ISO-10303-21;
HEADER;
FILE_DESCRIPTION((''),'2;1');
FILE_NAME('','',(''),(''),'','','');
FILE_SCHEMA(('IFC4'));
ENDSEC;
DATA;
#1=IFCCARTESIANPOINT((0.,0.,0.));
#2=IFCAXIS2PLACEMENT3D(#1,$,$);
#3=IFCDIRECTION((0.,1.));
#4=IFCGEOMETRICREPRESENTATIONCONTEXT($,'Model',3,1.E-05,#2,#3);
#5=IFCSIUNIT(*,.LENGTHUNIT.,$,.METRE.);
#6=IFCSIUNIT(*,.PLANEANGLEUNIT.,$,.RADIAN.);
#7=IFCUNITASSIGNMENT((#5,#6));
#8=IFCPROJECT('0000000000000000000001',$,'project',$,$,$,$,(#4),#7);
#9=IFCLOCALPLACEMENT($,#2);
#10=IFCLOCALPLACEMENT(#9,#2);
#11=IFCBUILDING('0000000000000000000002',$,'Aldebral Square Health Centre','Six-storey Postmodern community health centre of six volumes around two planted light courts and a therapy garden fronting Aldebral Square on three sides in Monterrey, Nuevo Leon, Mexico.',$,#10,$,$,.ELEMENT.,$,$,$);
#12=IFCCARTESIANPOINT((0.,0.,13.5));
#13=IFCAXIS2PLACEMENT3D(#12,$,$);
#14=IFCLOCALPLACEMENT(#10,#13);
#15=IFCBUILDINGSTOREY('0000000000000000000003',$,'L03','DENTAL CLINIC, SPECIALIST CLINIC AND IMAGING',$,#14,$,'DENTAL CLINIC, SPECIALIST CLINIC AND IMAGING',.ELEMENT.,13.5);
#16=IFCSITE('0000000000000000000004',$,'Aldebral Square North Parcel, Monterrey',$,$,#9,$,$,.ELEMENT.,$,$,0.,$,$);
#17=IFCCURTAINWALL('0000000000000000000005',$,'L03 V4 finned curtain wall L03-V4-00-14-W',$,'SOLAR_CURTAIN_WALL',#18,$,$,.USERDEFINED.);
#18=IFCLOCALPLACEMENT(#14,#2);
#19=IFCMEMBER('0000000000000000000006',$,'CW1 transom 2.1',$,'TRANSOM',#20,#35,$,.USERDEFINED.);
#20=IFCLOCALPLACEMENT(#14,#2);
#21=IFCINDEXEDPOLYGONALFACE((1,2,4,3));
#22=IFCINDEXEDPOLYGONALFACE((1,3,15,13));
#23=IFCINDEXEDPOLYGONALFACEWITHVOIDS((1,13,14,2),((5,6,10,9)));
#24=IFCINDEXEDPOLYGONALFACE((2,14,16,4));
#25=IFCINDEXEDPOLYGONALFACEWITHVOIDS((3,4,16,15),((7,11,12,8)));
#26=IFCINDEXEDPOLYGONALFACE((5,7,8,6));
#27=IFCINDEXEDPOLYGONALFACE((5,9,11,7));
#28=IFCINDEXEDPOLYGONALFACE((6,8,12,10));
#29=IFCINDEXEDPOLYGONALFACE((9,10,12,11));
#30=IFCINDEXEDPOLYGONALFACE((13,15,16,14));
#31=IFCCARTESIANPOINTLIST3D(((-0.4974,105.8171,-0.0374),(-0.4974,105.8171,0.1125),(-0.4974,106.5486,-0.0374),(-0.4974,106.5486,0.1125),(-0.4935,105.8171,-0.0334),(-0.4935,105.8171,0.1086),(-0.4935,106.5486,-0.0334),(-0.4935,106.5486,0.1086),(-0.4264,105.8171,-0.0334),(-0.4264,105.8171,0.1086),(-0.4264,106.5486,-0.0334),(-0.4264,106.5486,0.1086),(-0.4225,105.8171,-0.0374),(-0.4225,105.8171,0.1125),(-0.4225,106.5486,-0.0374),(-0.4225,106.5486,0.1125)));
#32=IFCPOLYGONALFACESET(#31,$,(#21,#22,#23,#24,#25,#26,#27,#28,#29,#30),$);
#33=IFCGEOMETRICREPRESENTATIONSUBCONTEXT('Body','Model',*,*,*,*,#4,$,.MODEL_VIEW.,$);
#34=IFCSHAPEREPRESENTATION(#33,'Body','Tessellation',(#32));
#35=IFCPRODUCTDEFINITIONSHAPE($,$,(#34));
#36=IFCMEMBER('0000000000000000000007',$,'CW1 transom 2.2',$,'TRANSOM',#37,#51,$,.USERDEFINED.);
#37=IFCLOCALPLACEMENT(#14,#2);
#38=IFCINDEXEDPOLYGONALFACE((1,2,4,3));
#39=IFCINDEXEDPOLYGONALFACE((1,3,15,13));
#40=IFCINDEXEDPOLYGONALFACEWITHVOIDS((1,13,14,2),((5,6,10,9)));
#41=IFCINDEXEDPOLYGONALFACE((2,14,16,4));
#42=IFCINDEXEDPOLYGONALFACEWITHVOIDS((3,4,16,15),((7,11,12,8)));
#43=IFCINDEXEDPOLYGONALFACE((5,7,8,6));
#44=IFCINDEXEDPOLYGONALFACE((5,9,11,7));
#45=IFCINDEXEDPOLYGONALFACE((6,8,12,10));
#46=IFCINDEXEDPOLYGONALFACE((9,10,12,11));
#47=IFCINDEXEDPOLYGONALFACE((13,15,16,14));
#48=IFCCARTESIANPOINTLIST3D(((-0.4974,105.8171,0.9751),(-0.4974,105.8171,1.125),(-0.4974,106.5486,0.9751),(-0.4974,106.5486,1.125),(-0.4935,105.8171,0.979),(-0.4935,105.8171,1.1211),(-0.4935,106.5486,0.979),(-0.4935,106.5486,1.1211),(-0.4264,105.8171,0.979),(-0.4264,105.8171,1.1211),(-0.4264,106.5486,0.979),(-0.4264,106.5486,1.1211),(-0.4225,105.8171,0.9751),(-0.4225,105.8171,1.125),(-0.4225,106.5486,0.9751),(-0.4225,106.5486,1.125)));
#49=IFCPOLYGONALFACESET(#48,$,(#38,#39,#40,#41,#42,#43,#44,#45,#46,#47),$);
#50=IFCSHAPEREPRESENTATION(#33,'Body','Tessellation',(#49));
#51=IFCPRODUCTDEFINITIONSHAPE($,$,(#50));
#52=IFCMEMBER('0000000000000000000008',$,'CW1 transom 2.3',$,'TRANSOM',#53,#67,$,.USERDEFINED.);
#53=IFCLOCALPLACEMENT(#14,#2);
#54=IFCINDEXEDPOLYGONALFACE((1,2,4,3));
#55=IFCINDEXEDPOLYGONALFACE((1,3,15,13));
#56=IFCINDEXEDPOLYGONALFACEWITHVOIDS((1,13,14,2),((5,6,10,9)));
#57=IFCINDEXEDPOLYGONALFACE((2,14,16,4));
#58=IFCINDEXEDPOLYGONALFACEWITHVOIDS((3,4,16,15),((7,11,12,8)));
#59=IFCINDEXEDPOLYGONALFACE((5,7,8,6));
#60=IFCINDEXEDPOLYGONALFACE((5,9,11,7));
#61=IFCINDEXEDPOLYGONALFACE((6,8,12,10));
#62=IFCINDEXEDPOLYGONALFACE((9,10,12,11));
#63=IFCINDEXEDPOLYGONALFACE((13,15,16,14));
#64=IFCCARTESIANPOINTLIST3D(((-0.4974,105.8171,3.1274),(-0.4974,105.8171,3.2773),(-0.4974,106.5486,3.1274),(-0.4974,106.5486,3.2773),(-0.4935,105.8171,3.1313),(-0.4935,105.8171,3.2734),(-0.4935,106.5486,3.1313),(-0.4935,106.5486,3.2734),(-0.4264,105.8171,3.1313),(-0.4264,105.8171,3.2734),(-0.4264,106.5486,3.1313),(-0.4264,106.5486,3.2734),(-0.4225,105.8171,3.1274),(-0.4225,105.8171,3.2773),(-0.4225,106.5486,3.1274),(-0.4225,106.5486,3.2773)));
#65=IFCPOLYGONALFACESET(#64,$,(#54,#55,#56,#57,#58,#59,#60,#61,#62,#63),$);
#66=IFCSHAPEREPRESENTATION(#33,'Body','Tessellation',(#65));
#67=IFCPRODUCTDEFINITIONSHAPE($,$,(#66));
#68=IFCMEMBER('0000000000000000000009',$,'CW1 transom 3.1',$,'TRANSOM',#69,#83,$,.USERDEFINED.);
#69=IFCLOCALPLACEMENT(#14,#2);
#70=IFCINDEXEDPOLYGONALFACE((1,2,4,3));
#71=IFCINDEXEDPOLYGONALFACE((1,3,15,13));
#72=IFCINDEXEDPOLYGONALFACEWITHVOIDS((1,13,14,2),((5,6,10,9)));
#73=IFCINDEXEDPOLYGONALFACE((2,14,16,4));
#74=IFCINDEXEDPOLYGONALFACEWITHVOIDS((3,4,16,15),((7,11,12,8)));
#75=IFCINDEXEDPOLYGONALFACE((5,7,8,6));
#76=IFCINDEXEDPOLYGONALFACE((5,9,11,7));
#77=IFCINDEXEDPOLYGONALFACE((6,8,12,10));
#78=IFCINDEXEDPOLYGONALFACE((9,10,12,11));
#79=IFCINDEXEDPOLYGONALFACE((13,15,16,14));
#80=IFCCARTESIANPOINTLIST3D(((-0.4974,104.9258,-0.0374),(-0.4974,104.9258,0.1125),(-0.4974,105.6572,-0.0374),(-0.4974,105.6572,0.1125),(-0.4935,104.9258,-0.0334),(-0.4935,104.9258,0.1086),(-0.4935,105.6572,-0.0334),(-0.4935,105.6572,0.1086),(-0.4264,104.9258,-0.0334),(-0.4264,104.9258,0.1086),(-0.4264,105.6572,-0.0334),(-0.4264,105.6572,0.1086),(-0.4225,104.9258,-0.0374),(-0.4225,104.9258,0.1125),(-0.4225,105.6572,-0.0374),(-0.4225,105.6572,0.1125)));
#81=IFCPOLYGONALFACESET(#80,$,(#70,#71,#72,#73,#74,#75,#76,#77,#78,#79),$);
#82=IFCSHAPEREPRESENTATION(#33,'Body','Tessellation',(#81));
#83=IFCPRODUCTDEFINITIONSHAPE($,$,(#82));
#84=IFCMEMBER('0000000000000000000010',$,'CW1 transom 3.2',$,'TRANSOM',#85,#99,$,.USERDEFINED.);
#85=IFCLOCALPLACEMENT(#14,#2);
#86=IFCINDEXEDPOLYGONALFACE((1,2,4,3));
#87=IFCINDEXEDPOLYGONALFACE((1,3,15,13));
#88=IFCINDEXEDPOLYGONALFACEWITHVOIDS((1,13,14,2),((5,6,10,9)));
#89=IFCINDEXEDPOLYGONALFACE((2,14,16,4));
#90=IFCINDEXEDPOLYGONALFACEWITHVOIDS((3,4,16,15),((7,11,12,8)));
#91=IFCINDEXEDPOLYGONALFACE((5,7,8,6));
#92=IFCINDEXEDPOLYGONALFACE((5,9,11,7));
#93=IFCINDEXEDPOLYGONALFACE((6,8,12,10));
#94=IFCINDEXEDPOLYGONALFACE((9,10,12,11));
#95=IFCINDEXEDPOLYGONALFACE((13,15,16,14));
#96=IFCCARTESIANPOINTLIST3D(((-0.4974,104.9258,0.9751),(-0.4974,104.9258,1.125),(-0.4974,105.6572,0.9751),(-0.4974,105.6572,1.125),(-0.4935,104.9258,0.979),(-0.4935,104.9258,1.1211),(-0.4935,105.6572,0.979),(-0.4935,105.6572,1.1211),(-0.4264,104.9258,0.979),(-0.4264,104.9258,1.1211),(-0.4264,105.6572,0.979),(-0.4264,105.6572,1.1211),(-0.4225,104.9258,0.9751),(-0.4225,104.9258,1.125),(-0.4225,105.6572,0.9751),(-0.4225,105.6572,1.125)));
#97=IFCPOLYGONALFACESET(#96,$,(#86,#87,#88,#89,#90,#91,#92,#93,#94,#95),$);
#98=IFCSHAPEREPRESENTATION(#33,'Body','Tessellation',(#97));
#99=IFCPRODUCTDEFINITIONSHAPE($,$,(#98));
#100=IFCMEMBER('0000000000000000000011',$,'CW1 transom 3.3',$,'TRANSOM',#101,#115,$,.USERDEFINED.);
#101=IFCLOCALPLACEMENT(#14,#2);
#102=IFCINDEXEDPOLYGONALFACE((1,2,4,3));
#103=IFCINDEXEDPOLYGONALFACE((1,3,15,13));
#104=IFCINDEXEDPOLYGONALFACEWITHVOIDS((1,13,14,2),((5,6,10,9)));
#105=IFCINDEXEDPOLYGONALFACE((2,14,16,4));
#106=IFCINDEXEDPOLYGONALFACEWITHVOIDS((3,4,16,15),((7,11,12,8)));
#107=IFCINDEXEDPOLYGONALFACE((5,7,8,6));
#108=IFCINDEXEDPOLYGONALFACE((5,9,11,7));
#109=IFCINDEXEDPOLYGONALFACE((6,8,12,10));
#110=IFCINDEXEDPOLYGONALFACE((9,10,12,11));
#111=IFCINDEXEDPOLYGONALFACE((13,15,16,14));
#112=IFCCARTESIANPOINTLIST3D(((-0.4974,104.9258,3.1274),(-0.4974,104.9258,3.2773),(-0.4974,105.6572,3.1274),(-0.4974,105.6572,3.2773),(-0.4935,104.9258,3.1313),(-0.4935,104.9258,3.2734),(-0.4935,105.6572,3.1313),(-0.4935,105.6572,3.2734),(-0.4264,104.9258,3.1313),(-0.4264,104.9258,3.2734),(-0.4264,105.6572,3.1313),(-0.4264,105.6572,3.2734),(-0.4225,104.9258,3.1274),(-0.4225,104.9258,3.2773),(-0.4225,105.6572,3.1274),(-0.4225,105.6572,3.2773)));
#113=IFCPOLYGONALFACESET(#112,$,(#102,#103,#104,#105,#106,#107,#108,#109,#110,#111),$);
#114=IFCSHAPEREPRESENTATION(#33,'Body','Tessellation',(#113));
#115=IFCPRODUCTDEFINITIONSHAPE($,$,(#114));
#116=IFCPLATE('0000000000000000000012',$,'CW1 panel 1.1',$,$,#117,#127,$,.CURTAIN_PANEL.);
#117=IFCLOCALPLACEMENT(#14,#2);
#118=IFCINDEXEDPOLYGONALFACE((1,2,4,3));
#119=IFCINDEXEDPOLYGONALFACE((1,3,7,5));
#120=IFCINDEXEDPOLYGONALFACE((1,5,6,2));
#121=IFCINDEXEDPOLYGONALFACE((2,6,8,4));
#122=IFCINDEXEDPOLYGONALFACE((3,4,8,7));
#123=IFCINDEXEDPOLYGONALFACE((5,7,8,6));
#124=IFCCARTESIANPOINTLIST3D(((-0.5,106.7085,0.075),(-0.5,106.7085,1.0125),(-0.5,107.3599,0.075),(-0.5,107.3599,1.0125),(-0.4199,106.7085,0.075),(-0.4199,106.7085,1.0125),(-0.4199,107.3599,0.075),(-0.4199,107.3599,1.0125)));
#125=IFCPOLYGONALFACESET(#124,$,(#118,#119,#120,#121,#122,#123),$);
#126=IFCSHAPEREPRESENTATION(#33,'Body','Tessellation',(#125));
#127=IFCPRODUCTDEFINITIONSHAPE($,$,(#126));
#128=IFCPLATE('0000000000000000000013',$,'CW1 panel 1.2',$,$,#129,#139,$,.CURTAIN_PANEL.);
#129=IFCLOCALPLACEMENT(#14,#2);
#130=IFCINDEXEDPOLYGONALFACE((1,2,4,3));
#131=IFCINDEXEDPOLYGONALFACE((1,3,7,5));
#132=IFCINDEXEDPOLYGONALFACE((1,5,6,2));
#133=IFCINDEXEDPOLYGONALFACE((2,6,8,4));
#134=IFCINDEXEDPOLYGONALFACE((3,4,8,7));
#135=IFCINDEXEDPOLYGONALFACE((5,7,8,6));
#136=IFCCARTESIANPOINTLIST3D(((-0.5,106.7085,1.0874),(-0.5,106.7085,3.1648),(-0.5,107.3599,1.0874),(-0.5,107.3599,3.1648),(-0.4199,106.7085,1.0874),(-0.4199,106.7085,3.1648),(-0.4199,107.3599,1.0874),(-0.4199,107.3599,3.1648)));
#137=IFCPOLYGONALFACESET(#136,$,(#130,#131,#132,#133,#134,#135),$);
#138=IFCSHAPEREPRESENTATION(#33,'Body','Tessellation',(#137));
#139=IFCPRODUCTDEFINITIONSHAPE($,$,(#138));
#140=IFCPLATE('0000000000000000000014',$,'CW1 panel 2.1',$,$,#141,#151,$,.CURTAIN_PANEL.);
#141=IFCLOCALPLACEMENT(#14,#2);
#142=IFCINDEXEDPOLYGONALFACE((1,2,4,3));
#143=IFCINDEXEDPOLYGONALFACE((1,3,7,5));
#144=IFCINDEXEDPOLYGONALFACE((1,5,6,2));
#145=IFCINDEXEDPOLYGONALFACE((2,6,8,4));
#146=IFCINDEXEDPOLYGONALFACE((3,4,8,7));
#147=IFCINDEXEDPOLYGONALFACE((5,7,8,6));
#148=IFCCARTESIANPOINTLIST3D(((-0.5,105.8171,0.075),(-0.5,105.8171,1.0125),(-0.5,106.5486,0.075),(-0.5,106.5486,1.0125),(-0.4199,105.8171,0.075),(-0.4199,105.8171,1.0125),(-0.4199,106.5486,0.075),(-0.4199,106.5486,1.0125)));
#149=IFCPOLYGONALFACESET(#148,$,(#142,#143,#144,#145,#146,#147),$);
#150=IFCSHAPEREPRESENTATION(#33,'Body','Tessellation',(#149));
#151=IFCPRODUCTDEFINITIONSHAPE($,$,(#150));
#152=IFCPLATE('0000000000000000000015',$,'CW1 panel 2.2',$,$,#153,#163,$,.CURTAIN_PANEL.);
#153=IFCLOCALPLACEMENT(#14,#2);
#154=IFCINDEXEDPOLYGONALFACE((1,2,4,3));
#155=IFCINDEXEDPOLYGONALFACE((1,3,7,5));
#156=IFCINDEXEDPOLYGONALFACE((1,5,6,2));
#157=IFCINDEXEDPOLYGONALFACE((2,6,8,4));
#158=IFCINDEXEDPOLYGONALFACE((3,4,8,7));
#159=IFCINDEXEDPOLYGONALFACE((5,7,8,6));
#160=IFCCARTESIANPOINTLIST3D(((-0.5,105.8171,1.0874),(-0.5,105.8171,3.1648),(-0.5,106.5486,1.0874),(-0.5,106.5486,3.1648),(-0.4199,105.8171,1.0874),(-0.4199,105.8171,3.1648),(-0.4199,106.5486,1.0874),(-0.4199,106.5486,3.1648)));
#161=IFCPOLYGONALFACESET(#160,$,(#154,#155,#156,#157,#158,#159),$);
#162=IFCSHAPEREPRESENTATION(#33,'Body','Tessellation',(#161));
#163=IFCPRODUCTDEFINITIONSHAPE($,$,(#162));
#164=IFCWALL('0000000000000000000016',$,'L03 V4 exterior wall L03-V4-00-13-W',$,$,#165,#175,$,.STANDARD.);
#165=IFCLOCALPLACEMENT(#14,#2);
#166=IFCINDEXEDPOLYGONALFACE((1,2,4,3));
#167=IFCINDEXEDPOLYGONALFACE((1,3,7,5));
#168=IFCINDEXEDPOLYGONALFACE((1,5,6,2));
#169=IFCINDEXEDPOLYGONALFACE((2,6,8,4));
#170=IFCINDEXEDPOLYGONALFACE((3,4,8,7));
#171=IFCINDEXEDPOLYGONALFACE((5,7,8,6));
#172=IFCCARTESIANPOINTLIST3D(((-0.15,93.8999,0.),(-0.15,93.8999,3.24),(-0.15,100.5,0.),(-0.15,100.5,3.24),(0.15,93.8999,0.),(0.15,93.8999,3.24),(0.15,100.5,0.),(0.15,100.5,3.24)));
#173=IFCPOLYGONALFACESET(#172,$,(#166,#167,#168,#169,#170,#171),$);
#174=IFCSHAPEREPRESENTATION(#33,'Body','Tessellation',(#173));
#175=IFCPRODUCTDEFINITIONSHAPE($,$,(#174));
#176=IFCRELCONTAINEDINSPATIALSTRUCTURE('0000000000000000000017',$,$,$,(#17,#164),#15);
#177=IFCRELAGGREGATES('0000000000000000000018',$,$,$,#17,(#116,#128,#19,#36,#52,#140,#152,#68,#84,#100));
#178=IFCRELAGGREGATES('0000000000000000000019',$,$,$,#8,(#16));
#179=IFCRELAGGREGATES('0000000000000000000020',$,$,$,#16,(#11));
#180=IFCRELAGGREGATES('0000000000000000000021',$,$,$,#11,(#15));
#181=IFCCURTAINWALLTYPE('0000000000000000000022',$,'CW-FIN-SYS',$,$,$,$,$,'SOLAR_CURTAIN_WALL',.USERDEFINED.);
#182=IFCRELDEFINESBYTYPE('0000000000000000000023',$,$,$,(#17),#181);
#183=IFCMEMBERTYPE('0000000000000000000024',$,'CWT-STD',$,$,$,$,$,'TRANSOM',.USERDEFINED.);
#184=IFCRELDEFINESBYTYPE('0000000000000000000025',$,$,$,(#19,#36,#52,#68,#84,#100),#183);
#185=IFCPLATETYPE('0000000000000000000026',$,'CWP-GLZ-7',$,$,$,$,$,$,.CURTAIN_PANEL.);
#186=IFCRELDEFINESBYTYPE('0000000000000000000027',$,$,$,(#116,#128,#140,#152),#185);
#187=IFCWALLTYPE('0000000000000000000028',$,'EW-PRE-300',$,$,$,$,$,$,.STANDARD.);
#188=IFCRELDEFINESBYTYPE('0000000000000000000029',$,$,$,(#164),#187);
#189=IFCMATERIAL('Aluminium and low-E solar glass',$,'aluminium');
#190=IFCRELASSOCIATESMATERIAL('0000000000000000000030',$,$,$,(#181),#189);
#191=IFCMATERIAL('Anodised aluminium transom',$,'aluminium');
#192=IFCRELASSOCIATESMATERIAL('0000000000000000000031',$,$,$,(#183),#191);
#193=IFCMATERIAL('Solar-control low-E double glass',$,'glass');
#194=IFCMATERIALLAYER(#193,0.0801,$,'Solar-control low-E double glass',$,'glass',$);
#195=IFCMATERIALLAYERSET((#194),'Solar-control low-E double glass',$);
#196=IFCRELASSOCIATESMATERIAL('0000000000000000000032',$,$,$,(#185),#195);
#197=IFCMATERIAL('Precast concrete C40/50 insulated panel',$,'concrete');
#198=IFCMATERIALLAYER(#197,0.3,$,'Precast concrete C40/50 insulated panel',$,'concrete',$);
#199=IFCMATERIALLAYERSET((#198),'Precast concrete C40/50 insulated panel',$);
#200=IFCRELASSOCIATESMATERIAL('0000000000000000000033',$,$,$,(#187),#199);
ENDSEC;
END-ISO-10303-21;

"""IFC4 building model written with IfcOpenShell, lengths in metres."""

from ifc_helpers import new_model, si_unit, direction, frame, frame_2d, origin, origin_2d, place, context, subcontext, project, spatial, rectangle, hollow_rectangle, extrude, material, layer, layer_set, material_profile, profile_set, type_object, element, aggregate, save


model = new_model("IFC4")

# Units and contexts
model_context = context("Model", 3, precision=1e-05, world=origin(), true_north=direction((0.0, 1.0)))
body_context = subcontext(model_context, "Body", "Model", "MODEL_VIEW")
ifc_project = project(units=[si_unit("LENGTHUNIT", "METRE"), si_unit("PLANEANGLEUNIT", "RADIAN")], contexts=[model_context])

# Site, building, storey
site_placement = place(None, origin())
site = spatial("IfcSite", under=ifc_project, at=site_placement, Name="Aldebral Square North Parcel, Monterrey", CompositionType="ELEMENT", RefElevation=0.0)
building_placement = place(site_placement, origin())
building = spatial("IfcBuilding", under=site, at=building_placement, Name="Aldebral Square Health Centre", Description="Six-storey Postmodern community health centre of six volumes around two planted light courts and a therapy garden fronting Aldebral Square on three sides in Monterrey, Nuevo Leon, Mexico.", CompositionType="ELEMENT")
storey_placement = place(building_placement, frame((0.0, 0.0, 13.5)))
storey = spatial("IfcBuildingStorey", under=building, at=storey_placement, Name="L03", Description="DENTAL CLINIC, SPECIALIST CLINIC AND IMAGING", LongName="DENTAL CLINIC, SPECIALIST CLINIC AND IMAGING", CompositionType="ELEMENT", Elevation=13.5)

# Curtain wall, members, plates
ifc_material_1 = material(Name="Aluminium and low-E solar glass", Category="aluminium")
curtain_wall_type = type_object("IfcCurtainWallType", Name="CW-FIN-SYS", ElementType="SOLAR_CURTAIN_WALL", PredefinedType="USERDEFINED", material=ifc_material_1)
curtain_wall_placement = place(storey_placement, origin())
curtain_wall = element("IfcCurtainWall", 1, at=curtain_wall_placement, inside=storey, type_object=curtain_wall_type, Name="L03 V4 finned curtain wall L03-V4-00-14-W", ObjectType="SOLAR_CURTAIN_WALL", PredefinedType="USERDEFINED")
ifc_material_2 = material(Name="Anodised aluminium transom", Category="aluminium")
ifc_material_profile_1 = material_profile(ifc_material_2, hollow_rectangle(XDim=0.075, YDim=0.1499, WallThickness=0.0039, at=origin_2d()), Name="CWT 75x150x4")
ifc_profile_set_1 = profile_set([ifc_material_profile_1], Name="Anodised aluminium transom")
member_type_1 = type_object("IfcMemberType", Name="CWT-STD", ElementType="TRANSOM", PredefinedType="USERDEFINED", material=ifc_profile_set_1)
member_1_placement = place(storey_placement, frame((-0.46, 106.5486, 0.0376), z_axis=(0.0, -1.0, 0.0), x_axis=(1.0, 0.0, 0.0)))
member_1 = element("IfcMember", 2, at=member_1_placement, type_object=member_type_1, Name="CW1 transom 2.1", ObjectType="TRANSOM", PredefinedType="USERDEFINED", context=body_context, shape_type="SweptSolid", body=[
    extrude(hollow_rectangle(XDim=0.075, YDim=0.1499, WallThickness=0.0039, at=origin_2d()), origin(), (0.0, 0.0, 1.0), 0.7314),
])
member_2_placement = place(storey_placement, frame((-0.46, 106.5486, 1.05), z_axis=(0.0, -1.0, 0.0), x_axis=(1.0, 0.0, 0.0)))
member_2 = element("IfcMember", 3, at=member_2_placement, type_object=member_type_1, Name="CW1 transom 2.2", ObjectType="TRANSOM", PredefinedType="USERDEFINED", context=body_context, shape_type="SweptSolid", body=[
    extrude(hollow_rectangle(XDim=0.075, YDim=0.1499, WallThickness=0.0039, at=origin_2d()), origin(), (0.0, 0.0, 1.0), 0.7314),
])
member_3_placement = place(storey_placement, frame((-0.46, 106.5486, 3.2024), z_axis=(0.0, -1.0, 0.0), x_axis=(1.0, 0.0, 0.0)))
member_3 = element("IfcMember", 4, at=member_3_placement, type_object=member_type_1, Name="CW1 transom 2.3", ObjectType="TRANSOM", PredefinedType="USERDEFINED", context=body_context, shape_type="SweptSolid", body=[
    extrude(hollow_rectangle(XDim=0.075, YDim=0.1499, WallThickness=0.0039, at=origin_2d()), origin(), (0.0, 0.0, 1.0), 0.7314),
])
member_4_placement = place(storey_placement, frame((-0.46, 105.6572, 0.0376), z_axis=(0.0, -1.0, 0.0), x_axis=(1.0, 0.0, 0.0)))
member_4 = element("IfcMember", 5, at=member_4_placement, type_object=member_type_1, Name="CW1 transom 3.1", ObjectType="TRANSOM", PredefinedType="USERDEFINED", context=body_context, shape_type="SweptSolid", body=[
    extrude(hollow_rectangle(XDim=0.075, YDim=0.1499, WallThickness=0.0039, at=origin_2d()), origin(), (0.0, 0.0, 1.0), 0.7314),
])
member_5_placement = place(storey_placement, frame((-0.46, 105.6572, 1.05), z_axis=(0.0, -1.0, 0.0), x_axis=(1.0, 0.0, 0.0)))
member_5 = element("IfcMember", 6, at=member_5_placement, type_object=member_type_1, Name="CW1 transom 3.2", ObjectType="TRANSOM", PredefinedType="USERDEFINED", context=body_context, shape_type="SweptSolid", body=[
    extrude(hollow_rectangle(XDim=0.075, YDim=0.1499, WallThickness=0.0039, at=origin_2d()), origin(), (0.0, 0.0, 1.0), 0.7314),
])
member_6_placement = place(storey_placement, frame((-0.46, 105.6572, 3.2024), z_axis=(0.0, -1.0, 0.0), x_axis=(1.0, 0.0, 0.0)))
member_6 = element("IfcMember", 7, at=member_6_placement, type_object=member_type_1, Name="CW1 transom 3.3", ObjectType="TRANSOM", PredefinedType="USERDEFINED", context=body_context, shape_type="SweptSolid", body=[
    extrude(hollow_rectangle(XDim=0.075, YDim=0.1499, WallThickness=0.0039, at=origin_2d()), origin(), (0.0, 0.0, 1.0), 0.7314),
])
ifc_material_3 = material(Name="Solar-control low-E double glass", Category="glass")
ifc_layer_1 = layer(ifc_material_3, 0.0801, Name="Solar-control low-E double glass", Category="glass")
ifc_layer_set_1 = layer_set([ifc_layer_1], Name="Solar-control low-E double glass")
plate_type = type_object("IfcPlateType", Name="CWP-GLZ-7", PredefinedType="CURTAIN_PANEL", material=ifc_layer_set_1)
plate_1_placement = place(storey_placement, frame((-0.46, 107.0342, 0.075), z_axis=(0.0, 0.0, 1.0), x_axis=(0.0, -1.0, 0.0)))
plate_1 = element("IfcPlate", 8, at=plate_1_placement, type_object=plate_type, Name="CW1 panel 1.1", PredefinedType="CURTAIN_PANEL", context=body_context, shape_type="SweptSolid", body=[
    extrude(rectangle(XDim=0.6514, YDim=0.0801, at=origin_2d()), origin(), (0.0, 0.0, 1.0), 0.9375),
])
plate_2_placement = place(storey_placement, frame((-0.46, 107.0342, 1.0874), z_axis=(0.0, 0.0, 1.0), x_axis=(0.0, -1.0, 0.0)))
plate_2 = element("IfcPlate", 9, at=plate_2_placement, type_object=plate_type, Name="CW1 panel 1.2", PredefinedType="CURTAIN_PANEL", context=body_context, shape_type="SweptSolid", body=[
    extrude(rectangle(XDim=0.6514, YDim=0.0801, at=origin_2d()), origin(), (0.0, 0.0, 1.0), 2.0774),
])
plate_3_placement = place(storey_placement, frame((-0.46, 106.1829, 0.075), z_axis=(0.0, 0.0, 1.0), x_axis=(0.0, -1.0, 0.0)))
plate_3 = element("IfcPlate", 10, at=plate_3_placement, type_object=plate_type, Name="CW1 panel 2.1", PredefinedType="CURTAIN_PANEL", context=body_context, shape_type="SweptSolid", body=[
    extrude(rectangle(XDim=0.7314, YDim=0.0801, at=origin_2d()), origin(), (0.0, 0.0, 1.0), 0.9375),
])
plate_4_placement = place(storey_placement, frame((-0.46, 106.1829, 1.0874), z_axis=(0.0, 0.0, 1.0), x_axis=(0.0, -1.0, 0.0)))
plate_4 = element("IfcPlate", 11, at=plate_4_placement, type_object=plate_type, Name="CW1 panel 2.2", PredefinedType="CURTAIN_PANEL", context=body_context, shape_type="SweptSolid", body=[
    extrude(rectangle(XDim=0.7314, YDim=0.0801, at=origin_2d()), origin(), (0.0, 0.0, 1.0), 2.0774),
])
aggregate(curtain_wall, [plate_1, plate_2, member_1, member_2, member_3, plate_3, plate_4, member_4, member_5, member_6])

# Wall
ifc_material_4 = material(Name="Precast concrete C40/50 insulated panel", Category="concrete")
ifc_layer_2 = layer(ifc_material_4, 0.3, Name="Precast concrete C40/50 insulated panel", Category="concrete")
ifc_layer_set_2 = layer_set([ifc_layer_2], Name="Precast concrete C40/50 insulated panel")
wall_type_1 = type_object("IfcWallType", Name="EW-PRE-300", PredefinedType="STANDARD", material=ifc_layer_set_2)
wall_1_placement = place(storey_placement, frame((0.0, 100.5, 0.0), z_axis=(0.0, 0.0, 1.0), x_axis=(0.0, -1.0, 0.0)))
element("IfcWall", 12, at=wall_1_placement, inside=storey, type_object=wall_type_1, Name="L03 V4 exterior wall L03-V4-00-13-W", PredefinedType="STANDARD", context=body_context, shape_type="SweptSolid", body=[
    extrude(rectangle(XDim=6.6001, YDim=0.3, at=frame_2d((3.3, 0.0))), origin(), (0.0, 0.0, 1.0), 3.24),
])

save(model, "model.ifc")
